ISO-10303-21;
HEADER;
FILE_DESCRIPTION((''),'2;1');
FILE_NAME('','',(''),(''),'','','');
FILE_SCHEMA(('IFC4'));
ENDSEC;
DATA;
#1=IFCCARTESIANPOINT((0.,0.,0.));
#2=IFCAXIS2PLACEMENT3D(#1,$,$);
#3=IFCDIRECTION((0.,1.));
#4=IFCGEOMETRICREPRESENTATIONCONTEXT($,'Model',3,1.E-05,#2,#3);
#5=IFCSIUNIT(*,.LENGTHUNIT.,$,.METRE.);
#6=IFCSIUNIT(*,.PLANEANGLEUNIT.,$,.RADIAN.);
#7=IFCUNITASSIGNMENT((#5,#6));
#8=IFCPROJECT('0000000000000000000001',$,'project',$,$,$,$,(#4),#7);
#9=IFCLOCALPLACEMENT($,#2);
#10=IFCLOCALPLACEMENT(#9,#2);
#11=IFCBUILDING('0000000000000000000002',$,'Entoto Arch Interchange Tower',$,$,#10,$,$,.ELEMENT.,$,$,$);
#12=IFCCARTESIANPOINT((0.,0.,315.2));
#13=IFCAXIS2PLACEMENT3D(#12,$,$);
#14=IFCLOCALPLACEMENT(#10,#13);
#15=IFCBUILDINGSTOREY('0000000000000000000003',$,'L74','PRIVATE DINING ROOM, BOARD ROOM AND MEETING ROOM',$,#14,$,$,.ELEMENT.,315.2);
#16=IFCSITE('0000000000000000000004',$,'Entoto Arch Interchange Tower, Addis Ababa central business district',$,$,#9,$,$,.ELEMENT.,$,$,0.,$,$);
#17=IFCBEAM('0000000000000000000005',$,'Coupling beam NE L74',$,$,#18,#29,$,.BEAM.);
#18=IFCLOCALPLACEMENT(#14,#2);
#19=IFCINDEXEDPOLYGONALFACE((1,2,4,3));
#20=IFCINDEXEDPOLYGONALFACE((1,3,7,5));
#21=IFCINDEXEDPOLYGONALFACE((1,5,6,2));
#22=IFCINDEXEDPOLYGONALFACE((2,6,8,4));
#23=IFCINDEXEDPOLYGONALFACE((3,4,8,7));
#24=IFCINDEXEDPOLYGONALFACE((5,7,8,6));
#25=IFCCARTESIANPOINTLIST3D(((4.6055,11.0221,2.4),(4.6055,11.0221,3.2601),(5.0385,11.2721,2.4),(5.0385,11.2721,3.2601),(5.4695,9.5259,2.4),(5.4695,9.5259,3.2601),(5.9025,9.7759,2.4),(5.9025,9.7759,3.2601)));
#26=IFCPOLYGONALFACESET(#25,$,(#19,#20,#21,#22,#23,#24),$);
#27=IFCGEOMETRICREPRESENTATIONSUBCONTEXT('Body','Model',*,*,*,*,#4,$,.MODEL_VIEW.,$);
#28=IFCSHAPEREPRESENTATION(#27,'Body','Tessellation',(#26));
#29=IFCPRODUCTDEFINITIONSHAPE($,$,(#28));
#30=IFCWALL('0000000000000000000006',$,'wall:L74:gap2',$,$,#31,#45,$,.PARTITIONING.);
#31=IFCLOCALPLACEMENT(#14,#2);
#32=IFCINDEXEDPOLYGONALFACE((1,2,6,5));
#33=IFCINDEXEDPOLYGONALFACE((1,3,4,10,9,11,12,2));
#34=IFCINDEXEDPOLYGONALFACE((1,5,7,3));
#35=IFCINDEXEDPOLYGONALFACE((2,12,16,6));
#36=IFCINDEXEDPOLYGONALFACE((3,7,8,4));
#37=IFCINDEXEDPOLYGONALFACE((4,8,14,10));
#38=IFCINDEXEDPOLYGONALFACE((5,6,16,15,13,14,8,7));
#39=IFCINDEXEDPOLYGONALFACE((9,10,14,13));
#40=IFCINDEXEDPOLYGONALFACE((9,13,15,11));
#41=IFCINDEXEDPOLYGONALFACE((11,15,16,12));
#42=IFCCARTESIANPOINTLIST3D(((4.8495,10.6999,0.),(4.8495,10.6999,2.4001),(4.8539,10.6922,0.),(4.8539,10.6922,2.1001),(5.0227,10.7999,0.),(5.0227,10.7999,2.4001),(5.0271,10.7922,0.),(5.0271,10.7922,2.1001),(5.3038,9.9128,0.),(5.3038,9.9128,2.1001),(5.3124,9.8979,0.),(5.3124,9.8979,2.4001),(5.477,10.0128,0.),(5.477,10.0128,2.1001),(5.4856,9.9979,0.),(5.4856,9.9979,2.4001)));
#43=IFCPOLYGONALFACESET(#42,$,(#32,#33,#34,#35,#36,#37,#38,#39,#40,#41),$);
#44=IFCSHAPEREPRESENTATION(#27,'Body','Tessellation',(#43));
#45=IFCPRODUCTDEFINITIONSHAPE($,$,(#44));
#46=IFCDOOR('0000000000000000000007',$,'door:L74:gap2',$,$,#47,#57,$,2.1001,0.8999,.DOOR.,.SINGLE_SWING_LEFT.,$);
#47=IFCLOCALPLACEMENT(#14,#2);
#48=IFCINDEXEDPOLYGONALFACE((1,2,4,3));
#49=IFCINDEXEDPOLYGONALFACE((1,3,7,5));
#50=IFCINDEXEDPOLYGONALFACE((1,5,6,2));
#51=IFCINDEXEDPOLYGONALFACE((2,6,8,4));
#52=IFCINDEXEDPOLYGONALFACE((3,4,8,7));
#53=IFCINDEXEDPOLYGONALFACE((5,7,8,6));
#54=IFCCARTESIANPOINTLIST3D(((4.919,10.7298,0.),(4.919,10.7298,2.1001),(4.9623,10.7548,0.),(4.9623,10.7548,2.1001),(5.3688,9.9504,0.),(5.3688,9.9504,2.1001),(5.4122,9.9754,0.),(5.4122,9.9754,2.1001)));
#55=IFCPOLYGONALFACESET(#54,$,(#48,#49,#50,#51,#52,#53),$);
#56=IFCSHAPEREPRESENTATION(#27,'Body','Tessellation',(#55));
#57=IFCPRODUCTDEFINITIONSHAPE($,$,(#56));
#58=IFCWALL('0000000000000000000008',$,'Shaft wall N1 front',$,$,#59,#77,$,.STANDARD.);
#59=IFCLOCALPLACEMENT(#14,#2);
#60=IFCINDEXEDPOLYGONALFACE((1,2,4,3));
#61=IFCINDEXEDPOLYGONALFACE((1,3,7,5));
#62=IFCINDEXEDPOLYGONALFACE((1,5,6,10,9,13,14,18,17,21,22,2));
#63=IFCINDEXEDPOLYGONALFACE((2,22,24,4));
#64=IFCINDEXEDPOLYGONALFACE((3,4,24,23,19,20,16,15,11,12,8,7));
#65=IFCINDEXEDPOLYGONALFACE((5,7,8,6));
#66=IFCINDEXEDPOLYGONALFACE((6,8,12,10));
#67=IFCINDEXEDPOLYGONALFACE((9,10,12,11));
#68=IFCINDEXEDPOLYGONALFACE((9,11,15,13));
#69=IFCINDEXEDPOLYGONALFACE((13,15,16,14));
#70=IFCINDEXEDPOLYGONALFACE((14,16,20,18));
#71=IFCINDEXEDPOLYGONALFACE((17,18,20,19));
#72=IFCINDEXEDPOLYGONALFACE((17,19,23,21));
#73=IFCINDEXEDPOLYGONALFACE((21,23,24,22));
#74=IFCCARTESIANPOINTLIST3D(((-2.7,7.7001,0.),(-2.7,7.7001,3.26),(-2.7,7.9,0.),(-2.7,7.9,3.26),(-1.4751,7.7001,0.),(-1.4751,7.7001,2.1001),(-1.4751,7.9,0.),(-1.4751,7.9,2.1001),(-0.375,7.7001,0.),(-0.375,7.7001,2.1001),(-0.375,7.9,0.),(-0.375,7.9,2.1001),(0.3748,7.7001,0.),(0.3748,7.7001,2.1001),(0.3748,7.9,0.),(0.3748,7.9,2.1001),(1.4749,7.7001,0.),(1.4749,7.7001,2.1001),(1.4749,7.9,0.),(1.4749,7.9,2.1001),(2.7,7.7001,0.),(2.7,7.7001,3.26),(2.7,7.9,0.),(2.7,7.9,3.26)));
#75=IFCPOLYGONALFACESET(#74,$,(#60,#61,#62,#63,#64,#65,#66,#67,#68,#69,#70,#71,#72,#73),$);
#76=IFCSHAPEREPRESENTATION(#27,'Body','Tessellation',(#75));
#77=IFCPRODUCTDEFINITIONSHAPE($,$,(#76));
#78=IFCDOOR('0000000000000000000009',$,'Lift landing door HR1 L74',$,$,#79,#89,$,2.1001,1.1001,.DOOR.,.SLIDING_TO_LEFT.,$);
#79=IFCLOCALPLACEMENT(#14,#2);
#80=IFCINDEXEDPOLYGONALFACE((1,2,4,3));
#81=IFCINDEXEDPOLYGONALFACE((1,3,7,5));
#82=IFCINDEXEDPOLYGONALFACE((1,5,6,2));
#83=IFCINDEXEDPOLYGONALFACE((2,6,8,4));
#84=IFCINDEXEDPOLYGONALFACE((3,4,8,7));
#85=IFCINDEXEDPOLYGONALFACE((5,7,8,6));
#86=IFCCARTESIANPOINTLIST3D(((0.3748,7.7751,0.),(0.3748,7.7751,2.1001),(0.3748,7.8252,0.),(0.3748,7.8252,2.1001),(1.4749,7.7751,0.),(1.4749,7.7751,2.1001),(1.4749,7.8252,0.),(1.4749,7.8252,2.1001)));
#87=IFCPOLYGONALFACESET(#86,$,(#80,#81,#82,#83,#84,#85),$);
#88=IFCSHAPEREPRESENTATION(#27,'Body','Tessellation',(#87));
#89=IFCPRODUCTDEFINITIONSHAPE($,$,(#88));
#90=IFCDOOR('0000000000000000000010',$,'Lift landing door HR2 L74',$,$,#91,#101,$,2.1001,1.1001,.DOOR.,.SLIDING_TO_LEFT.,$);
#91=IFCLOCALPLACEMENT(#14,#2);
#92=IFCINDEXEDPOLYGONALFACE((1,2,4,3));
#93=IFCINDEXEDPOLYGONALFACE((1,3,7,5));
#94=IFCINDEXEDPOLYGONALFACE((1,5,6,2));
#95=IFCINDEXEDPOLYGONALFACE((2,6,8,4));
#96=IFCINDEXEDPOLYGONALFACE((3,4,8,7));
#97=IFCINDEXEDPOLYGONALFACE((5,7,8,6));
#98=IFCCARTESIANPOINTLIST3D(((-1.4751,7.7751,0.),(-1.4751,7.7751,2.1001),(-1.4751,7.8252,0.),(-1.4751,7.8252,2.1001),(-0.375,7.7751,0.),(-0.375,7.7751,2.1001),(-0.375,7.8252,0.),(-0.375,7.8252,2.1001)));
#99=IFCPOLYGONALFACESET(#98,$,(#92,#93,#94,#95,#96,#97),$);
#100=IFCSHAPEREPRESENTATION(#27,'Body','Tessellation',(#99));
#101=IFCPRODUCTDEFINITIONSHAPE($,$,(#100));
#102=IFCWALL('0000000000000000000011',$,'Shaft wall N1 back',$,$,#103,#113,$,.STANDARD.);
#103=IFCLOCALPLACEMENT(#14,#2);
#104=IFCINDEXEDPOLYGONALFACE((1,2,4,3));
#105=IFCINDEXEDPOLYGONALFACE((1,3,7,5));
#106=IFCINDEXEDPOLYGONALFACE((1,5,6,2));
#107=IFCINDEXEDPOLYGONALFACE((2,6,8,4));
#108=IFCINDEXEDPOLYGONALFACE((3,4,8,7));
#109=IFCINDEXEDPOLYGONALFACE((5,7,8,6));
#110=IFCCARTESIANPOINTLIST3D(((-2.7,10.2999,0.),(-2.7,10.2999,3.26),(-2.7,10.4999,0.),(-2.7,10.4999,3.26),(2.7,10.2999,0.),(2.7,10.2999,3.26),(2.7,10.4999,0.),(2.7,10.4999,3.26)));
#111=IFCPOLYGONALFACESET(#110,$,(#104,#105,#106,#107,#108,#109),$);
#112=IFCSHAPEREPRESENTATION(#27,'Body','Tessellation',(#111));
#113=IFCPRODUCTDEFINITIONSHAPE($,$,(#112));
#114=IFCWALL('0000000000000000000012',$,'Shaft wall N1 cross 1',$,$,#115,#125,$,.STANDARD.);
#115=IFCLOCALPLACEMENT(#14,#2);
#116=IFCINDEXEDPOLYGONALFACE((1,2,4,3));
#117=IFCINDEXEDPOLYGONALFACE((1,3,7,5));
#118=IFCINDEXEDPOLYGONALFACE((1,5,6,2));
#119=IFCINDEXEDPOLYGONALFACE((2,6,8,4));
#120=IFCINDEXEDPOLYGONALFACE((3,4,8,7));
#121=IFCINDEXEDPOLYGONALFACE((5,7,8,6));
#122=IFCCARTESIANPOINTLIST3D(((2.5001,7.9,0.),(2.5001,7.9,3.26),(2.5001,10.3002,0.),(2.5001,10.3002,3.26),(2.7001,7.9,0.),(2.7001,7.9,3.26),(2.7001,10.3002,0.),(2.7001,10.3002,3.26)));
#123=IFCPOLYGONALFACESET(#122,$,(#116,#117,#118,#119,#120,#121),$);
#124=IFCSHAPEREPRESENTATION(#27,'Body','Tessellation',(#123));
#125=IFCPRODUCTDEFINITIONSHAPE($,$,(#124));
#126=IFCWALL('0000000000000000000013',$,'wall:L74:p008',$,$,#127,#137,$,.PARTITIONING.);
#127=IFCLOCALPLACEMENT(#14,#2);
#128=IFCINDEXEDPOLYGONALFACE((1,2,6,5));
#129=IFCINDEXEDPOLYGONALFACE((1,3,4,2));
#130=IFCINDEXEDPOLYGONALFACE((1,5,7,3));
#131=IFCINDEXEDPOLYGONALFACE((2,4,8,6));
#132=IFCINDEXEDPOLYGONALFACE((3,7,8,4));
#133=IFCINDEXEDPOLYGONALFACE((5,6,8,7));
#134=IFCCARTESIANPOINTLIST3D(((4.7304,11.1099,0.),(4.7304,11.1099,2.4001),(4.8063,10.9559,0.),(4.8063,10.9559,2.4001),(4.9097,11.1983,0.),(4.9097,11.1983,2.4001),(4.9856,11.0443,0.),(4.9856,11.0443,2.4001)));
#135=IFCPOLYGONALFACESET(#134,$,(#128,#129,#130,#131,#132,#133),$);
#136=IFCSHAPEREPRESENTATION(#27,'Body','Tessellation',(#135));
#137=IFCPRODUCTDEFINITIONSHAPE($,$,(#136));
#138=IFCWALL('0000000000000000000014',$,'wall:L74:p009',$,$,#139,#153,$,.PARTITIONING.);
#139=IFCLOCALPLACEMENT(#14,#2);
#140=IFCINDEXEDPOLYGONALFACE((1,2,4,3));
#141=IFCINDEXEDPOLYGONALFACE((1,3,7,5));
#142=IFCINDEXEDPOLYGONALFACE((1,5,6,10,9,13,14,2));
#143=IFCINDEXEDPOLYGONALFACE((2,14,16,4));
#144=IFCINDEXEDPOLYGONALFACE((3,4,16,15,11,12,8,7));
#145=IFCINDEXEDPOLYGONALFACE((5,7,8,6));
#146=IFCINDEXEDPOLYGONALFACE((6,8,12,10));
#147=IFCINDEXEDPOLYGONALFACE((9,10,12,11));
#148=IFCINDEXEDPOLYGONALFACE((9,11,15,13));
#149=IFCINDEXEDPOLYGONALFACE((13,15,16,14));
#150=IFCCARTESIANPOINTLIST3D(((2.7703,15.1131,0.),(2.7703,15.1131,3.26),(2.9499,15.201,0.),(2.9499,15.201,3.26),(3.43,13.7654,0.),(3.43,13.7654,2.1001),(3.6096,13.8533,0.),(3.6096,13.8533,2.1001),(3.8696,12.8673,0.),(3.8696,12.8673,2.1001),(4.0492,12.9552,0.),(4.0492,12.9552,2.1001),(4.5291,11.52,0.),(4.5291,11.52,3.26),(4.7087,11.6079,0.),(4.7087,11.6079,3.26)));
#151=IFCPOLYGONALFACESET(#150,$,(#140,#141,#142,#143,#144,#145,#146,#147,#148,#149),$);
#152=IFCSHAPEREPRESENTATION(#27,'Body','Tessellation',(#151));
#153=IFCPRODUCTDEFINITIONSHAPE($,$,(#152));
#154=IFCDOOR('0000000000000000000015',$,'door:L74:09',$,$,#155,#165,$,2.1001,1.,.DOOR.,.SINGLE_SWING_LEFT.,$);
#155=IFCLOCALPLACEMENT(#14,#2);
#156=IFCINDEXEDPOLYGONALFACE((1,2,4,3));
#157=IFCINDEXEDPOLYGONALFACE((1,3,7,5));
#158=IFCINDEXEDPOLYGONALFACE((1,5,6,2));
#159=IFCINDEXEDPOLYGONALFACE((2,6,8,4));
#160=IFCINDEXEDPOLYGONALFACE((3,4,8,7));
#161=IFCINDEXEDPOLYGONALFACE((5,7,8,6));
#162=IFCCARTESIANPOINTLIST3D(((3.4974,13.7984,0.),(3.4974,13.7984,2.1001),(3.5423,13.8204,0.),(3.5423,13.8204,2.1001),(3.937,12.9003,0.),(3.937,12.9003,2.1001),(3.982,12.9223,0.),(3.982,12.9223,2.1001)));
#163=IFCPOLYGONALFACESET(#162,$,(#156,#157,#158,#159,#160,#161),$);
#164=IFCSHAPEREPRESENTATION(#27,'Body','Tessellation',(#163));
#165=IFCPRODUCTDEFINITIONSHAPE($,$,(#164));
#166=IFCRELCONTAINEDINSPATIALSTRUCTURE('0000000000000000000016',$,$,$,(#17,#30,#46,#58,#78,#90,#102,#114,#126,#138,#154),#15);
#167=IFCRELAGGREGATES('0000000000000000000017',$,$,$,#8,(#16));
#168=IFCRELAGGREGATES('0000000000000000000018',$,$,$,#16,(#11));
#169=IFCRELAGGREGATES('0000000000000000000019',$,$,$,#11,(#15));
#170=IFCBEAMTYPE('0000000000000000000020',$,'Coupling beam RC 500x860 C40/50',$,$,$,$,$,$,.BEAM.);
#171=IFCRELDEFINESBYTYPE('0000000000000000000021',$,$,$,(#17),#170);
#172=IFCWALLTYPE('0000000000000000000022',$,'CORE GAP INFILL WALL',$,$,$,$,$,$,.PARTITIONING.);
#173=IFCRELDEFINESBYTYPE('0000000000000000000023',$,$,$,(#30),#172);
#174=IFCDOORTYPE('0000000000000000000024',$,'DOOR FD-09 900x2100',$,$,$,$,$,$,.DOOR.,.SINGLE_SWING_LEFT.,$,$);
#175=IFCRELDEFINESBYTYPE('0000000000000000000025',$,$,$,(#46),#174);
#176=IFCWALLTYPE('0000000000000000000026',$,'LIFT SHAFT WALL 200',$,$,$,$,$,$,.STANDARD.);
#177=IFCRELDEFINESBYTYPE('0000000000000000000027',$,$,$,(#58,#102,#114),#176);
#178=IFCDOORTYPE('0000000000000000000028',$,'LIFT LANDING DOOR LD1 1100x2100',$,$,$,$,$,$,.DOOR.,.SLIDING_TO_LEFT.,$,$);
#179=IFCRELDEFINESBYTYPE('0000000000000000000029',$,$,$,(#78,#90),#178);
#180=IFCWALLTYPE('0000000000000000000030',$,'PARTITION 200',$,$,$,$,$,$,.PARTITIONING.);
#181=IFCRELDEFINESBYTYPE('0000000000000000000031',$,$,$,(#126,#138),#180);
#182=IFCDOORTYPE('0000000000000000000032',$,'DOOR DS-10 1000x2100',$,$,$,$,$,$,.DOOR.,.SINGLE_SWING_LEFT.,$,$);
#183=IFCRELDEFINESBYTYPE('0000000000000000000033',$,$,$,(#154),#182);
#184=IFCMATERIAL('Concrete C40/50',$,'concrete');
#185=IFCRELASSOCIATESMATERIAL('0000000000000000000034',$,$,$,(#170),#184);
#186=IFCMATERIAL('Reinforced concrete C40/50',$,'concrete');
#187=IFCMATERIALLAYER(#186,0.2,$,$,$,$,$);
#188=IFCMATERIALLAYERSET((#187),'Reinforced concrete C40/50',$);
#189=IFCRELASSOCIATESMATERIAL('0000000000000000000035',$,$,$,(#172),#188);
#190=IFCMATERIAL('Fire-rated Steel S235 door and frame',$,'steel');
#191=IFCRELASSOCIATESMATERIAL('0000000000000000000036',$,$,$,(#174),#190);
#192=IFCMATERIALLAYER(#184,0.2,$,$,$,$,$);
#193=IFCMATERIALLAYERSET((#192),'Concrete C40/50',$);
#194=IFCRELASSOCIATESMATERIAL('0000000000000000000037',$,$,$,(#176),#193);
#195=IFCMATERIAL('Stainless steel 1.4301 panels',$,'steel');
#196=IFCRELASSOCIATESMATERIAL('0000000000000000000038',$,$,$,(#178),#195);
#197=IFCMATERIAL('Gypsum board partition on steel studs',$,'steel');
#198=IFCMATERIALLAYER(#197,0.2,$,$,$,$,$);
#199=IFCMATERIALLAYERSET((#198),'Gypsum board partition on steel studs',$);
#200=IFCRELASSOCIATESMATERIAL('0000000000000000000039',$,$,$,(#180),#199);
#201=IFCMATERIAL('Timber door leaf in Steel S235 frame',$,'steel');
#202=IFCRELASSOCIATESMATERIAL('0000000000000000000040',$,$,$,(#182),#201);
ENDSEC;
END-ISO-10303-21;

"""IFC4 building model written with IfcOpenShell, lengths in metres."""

from ifc_helpers import new_model, si_unit, direction, frame, frame_2d, origin, origin_2d, place, context, subcontext, project, spatial, rectangle, extrude, material, layer, layer_set, material_profile, profile_set, type_object, element, fill, save


model = new_model("IFC4")

# Units and contexts
model_context = context("Model", 3, precision=1e-05, world=origin(), true_north=direction((0.0, 1.0)))
body_context = subcontext(model_context, "Body", "Model", "MODEL_VIEW")
ifc_project = project(units=[si_unit("LENGTHUNIT", "METRE"), si_unit("PLANEANGLEUNIT", "RADIAN")], contexts=[model_context])

# Site, building, storey
site_placement = place(None, origin())
site = spatial("IfcSite", under=ifc_project, at=site_placement, Name="Entoto Arch Interchange Tower, Addis Ababa central business district", CompositionType="ELEMENT", RefElevation=0.0)
building_placement = place(site_placement, origin())
building = spatial("IfcBuilding", under=site, at=building_placement, Name="Entoto Arch Interchange Tower", CompositionType="ELEMENT")
storey_placement = place(building_placement, frame((0.0, 0.0, 315.2)))
storey = spatial("IfcBuildingStorey", under=building, at=storey_placement, Name="L74", Description="PRIVATE DINING ROOM, BOARD ROOM AND MEETING ROOM", CompositionType="ELEMENT", Elevation=315.2)

# Beam
ifc_material_1 = material(Name="Concrete C40/50", Category="concrete")
ifc_material_profile = material_profile(ifc_material_1, rectangle(XDim=0.5, YDim=0.8601, at=origin_2d()))
ifc_profile_set = profile_set([ifc_material_profile], Name="Concrete C40/50")
beam_type = type_object("IfcBeamType", Name="Coupling beam RC 500x860 C40/50", PredefinedType="BEAM", material=ifc_profile_set)
beam_placement = place(storey_placement, frame((5.686, 9.6509, 2.8301), z_axis=(-0.500106, 0.865964, 0.0), x_axis=(-0.865964, -0.500106, 0.0)))
element("IfcBeam", 1, at=beam_placement, inside=storey, type_object=beam_type, Name="Coupling beam NE L74", PredefinedType="BEAM", context=body_context, shape_type="SweptSolid", body=[
    extrude(rectangle(XDim=0.5, YDim=0.8601, at=origin_2d()), origin(), (0.0, 0.0, 1.0), 1.7278),
])

# Wall, opening, door
ifc_material_2 = material(Name="Reinforced concrete C40/50", Category="concrete")
ifc_layer_1 = layer(ifc_material_2, 0.2)
ifc_layer_set_1 = layer_set([ifc_layer_1], Name="Reinforced concrete C40/50")
wall_type_1 = type_object("IfcWallType", Name="CORE GAP INFILL WALL", PredefinedType="PARTITIONING", material=ifc_layer_set_1)
wall_1_placement = place(storey_placement, frame((5.3989, 9.948, 0.0), z_axis=(0.0, 0.0, 1.0), x_axis=(-0.499882, 0.866093, 0.0)))
wall_1 = element("IfcWall", 2, at=wall_1_placement, inside=storey, type_object=wall_type_1, Name="wall:L74:gap2", PredefinedType="PARTITIONING", context=body_context, shape_type="SweptSolid", body=[
    extrude(rectangle(XDim=0.926, YDim=0.2, at=frame_2d((0.4629, 0.0))), origin(), (0.0, 0.0, 1.0), 2.4001),
])
opening_1_placement = place(wall_1_placement, frame((0.0171, 0.0, 0.0)))
opening_1 = element("IfcOpeningElement", 3, at=opening_1_placement, cuts=wall_1, PredefinedType="OPENING", context=body_context, shape_type="SweptSolid", body=[
    extrude(rectangle(XDim=0.8999, YDim=2.1001, at=frame_2d((0.45, 1.05))), frame((0.0, 0.1099, 0.0), z_axis=(0.0, -1.0, 0.0), x_axis=(1.0, 0.0, 0.0)), (0.0, 0.0, 1.0), 0.22),
])
ifc_material_3 = material(Name="Fire-rated Steel S235 door and frame", Category="steel")
door_type_1 = type_object("IfcDoorType", Name="DOOR FD-09 900x2100", OperationType="SINGLE_SWING_LEFT", PredefinedType="DOOR", material=ifc_material_3)
door_1_placement = place(opening_1_placement, origin())
door_1 = element("IfcDoor", 4, at=door_1_placement, inside=storey, type_object=door_type_1, Name="door:L74:gap2", OperationType="SINGLE_SWING_LEFT", OverallHeight=2.1001, OverallWidth=0.8999, PredefinedType="DOOR", context=body_context, shape_type="SweptSolid", body=[
    extrude(rectangle(XDim=0.8999, YDim=2.1001, at=frame_2d((0.45, 1.05))), frame((0.0, 0.0249, 0.0), z_axis=(0.0, -1.0, 0.0), x_axis=(1.0, 0.0, 0.0)), (0.0, 0.0, 1.0), 0.05),
])
fill(opening_1, door_1)

# Wall, openings, doors
ifc_layer_2 = layer(ifc_material_1, 0.2)
ifc_layer_set_2 = layer_set([ifc_layer_2], Name="Concrete C40/50")
wall_type_2 = type_object("IfcWallType", Name="LIFT SHAFT WALL 200", PredefinedType="STANDARD", material=ifc_layer_set_2)
wall_2_placement = place(storey_placement, frame((2.7, 7.8, 0.0), z_axis=(0.0, 0.0, 1.0), x_axis=(-1.0, 0.0, 0.0)))
wall_2 = element("IfcWall", 5, at=wall_2_placement, inside=storey, type_object=wall_type_2, Name="Shaft wall N1 front", PredefinedType="STANDARD", context=body_context, shape_type="SweptSolid", body=[
    extrude(rectangle(XDim=5.3999, YDim=0.2, at=frame_2d((2.7, 0.0))), origin(), (0.0, 0.0, 1.0), 3.26),
])
opening_2_placement = place(wall_2_placement, frame((1.2251, 0.0, 0.0)))
opening_2 = element("IfcOpeningElement", 6, at=opening_2_placement, cuts=wall_2, PredefinedType="OPENING", context=body_context, shape_type="SweptSolid", body=[
    extrude(rectangle(XDim=1.1001, YDim=2.1001, at=frame_2d((0.55, 1.05))), frame((0.0, 0.1099, 0.0), z_axis=(0.0, -1.0, 0.0), x_axis=(1.0, 0.0, 0.0)), (0.0, 0.0, 1.0), 0.22),
])
opening_3_placement = place(wall_2_placement, frame((3.075, 0.0, 0.0)))
opening_3 = element("IfcOpeningElement", 7, at=opening_3_placement, cuts=wall_2, PredefinedType="OPENING", context=body_context, shape_type="SweptSolid", body=[
    extrude(rectangle(XDim=1.1001, YDim=2.1001, at=frame_2d((0.55, 1.05))), frame((0.0, 0.1099, 0.0), z_axis=(0.0, -1.0, 0.0), x_axis=(1.0, 0.0, 0.0)), (0.0, 0.0, 1.0), 0.22),
])
ifc_material_4 = material(Name="Stainless steel 1.4301 panels", Category="steel")
door_type_2 = type_object("IfcDoorType", Name="LIFT LANDING DOOR LD1 1100x2100", OperationType="SLIDING_TO_LEFT", PredefinedType="DOOR", material=ifc_material_4)
door_2_placement = place(opening_2_placement, origin())
door_2 = element("IfcDoor", 8, at=door_2_placement, inside=storey, type_object=door_type_2, Name="Lift landing door HR1 L74", OperationType="SLIDING_TO_LEFT", OverallHeight=2.1001, OverallWidth=1.1001, PredefinedType="DOOR", context=body_context, shape_type="SweptSolid", body=[
    extrude(rectangle(XDim=1.1001, YDim=2.1001, at=frame_2d((0.55, 1.05))), frame((0.0, 0.0249, 0.0), z_axis=(0.0, -1.0, 0.0), x_axis=(1.0, 0.0, 0.0)), (0.0, 0.0, 1.0), 0.05),
])
fill(opening_2, door_2)
door_3_placement = place(opening_3_placement, origin())
door_3 = element("IfcDoor", 9, at=door_3_placement, inside=storey, type_object=door_type_2, Name="Lift landing door HR2 L74", OperationType="SLIDING_TO_LEFT", OverallHeight=2.1001, OverallWidth=1.1001, PredefinedType="DOOR", context=body_context, shape_type="SweptSolid", body=[
    extrude(rectangle(XDim=1.1001, YDim=2.1001, at=frame_2d((0.55, 1.05))), frame((0.0, 0.0249, 0.0), z_axis=(0.0, -1.0, 0.0), x_axis=(1.0, 0.0, 0.0)), (0.0, 0.0, 1.0), 0.05),
])
fill(opening_3, door_3)

# Walls
wall_3_placement = place(storey_placement, frame((2.7, 10.3999, 0.0), z_axis=(0.0, 0.0, 1.0), x_axis=(-1.0, 0.0, 0.0)))
element("IfcWall", 10, at=wall_3_placement, inside=storey, type_object=wall_type_2, Name="Shaft wall N1 back", PredefinedType="STANDARD", context=body_context, shape_type="SweptSolid", body=[
    extrude(rectangle(XDim=5.3999, YDim=0.2, at=frame_2d((2.7, 0.0))), origin(), (0.0, 0.0, 1.0), 3.26),
])
wall_4_placement = place(storey_placement, frame((2.6001, 7.8999, 0.0), z_axis=(0.0, 0.0, 1.0), x_axis=(0.0, 1.0, 0.0)))
element("IfcWall", 11, at=wall_4_placement, inside=storey, type_object=wall_type_2, Name="Shaft wall N1 cross 1", PredefinedType="STANDARD", context=body_context, shape_type="SweptSolid", body=[
    extrude(rectangle(XDim=2.4001, YDim=0.2, at=frame_2d((1.2002, 0.0))), origin(), (0.0, 0.0, 1.0), 3.26),
])
ifc_material_5 = material(Name="Gypsum board partition on steel studs", Category="steel")
ifc_layer_3 = layer(ifc_material_5, 0.2)
ifc_layer_set_3 = layer_set([ifc_layer_3], Name="Gypsum board partition on steel studs")
wall_type_3 = type_object("IfcWallType", Name="PARTITION 200", PredefinedType="PARTITIONING", material=ifc_layer_set_3)
wall_5_placement = place(storey_placement, frame((4.896, 11.0, 0.0), z_axis=(0.0, 0.0, 1.0), x_axis=(-0.442089, 0.896971, 0.0)))
element("IfcWall", 12, at=wall_5_placement, inside=storey, type_object=wall_type_3, Name="wall:L74:p008", PredefinedType="PARTITIONING", context=body_context, shape_type="SweptSolid", body=[
    extrude(rectangle(XDim=0.1716, YDim=0.2, at=frame_2d((0.0859, 0.0))), origin(), (0.0, 0.0, 1.0), 2.4001),
])

# Wall, opening, door
wall_6_placement = place(storey_placement, frame((4.6189, 11.564, 0.0), z_axis=(0.0, 0.0, 1.0), x_axis=(-0.439654, 0.898167, 0.0)))
wall_6 = element("IfcWall", 13, at=wall_6_placement, inside=storey, type_object=wall_type_3, Name="wall:L74:p009", PredefinedType="PARTITIONING", context=body_context, shape_type="SweptSolid", body=[
    extrude(rectangle(XDim=4.0005, YDim=0.2, at=frame_2d((2.0002, 0.0))), origin(), (0.0, 0.0, 1.0), 3.26),
])
opening_4_placement = place(wall_6_placement, frame((1.5, 0.0, 0.0)))
opening_4 = element("IfcOpeningElement", 14, at=opening_4_placement, cuts=wall_6, PredefinedType="OPENING", context=body_context, shape_type="SweptSolid", body=[
    extrude(rectangle(XDim=1.0, YDim=2.1001, at=frame_2d((0.5, 1.05))), frame((0.0, 0.1099, 0.0), z_axis=(0.0, -1.0, 0.0), x_axis=(1.0, 0.0, 0.0)), (0.0, 0.0, 1.0), 0.22),
])
ifc_material_6 = material(Name="Timber door leaf in Steel S235 frame", Category="steel")
door_type_3 = type_object("IfcDoorType", Name="DOOR DS-10 1000x2100", OperationType="SINGLE_SWING_LEFT", PredefinedType="DOOR", material=ifc_material_6)
door_4_placement = place(opening_4_placement, origin())
door_4 = element("IfcDoor", 15, at=door_4_placement, inside=storey, type_object=door_type_3, Name="door:L74:09", OperationType="SINGLE_SWING_LEFT", OverallHeight=2.1001, OverallWidth=1.0, PredefinedType="DOOR", context=body_context, shape_type="SweptSolid", body=[
    extrude(rectangle(XDim=1.0, YDim=2.1001, at=frame_2d((0.5, 1.05))), frame((0.0, 0.0249, 0.0), z_axis=(0.0, -1.0, 0.0), x_axis=(1.0, 0.0, 0.0)), (0.0, 0.0, 1.0), 0.05),
])
fill(opening_4, door_4)

save(model, "model.ifc")
